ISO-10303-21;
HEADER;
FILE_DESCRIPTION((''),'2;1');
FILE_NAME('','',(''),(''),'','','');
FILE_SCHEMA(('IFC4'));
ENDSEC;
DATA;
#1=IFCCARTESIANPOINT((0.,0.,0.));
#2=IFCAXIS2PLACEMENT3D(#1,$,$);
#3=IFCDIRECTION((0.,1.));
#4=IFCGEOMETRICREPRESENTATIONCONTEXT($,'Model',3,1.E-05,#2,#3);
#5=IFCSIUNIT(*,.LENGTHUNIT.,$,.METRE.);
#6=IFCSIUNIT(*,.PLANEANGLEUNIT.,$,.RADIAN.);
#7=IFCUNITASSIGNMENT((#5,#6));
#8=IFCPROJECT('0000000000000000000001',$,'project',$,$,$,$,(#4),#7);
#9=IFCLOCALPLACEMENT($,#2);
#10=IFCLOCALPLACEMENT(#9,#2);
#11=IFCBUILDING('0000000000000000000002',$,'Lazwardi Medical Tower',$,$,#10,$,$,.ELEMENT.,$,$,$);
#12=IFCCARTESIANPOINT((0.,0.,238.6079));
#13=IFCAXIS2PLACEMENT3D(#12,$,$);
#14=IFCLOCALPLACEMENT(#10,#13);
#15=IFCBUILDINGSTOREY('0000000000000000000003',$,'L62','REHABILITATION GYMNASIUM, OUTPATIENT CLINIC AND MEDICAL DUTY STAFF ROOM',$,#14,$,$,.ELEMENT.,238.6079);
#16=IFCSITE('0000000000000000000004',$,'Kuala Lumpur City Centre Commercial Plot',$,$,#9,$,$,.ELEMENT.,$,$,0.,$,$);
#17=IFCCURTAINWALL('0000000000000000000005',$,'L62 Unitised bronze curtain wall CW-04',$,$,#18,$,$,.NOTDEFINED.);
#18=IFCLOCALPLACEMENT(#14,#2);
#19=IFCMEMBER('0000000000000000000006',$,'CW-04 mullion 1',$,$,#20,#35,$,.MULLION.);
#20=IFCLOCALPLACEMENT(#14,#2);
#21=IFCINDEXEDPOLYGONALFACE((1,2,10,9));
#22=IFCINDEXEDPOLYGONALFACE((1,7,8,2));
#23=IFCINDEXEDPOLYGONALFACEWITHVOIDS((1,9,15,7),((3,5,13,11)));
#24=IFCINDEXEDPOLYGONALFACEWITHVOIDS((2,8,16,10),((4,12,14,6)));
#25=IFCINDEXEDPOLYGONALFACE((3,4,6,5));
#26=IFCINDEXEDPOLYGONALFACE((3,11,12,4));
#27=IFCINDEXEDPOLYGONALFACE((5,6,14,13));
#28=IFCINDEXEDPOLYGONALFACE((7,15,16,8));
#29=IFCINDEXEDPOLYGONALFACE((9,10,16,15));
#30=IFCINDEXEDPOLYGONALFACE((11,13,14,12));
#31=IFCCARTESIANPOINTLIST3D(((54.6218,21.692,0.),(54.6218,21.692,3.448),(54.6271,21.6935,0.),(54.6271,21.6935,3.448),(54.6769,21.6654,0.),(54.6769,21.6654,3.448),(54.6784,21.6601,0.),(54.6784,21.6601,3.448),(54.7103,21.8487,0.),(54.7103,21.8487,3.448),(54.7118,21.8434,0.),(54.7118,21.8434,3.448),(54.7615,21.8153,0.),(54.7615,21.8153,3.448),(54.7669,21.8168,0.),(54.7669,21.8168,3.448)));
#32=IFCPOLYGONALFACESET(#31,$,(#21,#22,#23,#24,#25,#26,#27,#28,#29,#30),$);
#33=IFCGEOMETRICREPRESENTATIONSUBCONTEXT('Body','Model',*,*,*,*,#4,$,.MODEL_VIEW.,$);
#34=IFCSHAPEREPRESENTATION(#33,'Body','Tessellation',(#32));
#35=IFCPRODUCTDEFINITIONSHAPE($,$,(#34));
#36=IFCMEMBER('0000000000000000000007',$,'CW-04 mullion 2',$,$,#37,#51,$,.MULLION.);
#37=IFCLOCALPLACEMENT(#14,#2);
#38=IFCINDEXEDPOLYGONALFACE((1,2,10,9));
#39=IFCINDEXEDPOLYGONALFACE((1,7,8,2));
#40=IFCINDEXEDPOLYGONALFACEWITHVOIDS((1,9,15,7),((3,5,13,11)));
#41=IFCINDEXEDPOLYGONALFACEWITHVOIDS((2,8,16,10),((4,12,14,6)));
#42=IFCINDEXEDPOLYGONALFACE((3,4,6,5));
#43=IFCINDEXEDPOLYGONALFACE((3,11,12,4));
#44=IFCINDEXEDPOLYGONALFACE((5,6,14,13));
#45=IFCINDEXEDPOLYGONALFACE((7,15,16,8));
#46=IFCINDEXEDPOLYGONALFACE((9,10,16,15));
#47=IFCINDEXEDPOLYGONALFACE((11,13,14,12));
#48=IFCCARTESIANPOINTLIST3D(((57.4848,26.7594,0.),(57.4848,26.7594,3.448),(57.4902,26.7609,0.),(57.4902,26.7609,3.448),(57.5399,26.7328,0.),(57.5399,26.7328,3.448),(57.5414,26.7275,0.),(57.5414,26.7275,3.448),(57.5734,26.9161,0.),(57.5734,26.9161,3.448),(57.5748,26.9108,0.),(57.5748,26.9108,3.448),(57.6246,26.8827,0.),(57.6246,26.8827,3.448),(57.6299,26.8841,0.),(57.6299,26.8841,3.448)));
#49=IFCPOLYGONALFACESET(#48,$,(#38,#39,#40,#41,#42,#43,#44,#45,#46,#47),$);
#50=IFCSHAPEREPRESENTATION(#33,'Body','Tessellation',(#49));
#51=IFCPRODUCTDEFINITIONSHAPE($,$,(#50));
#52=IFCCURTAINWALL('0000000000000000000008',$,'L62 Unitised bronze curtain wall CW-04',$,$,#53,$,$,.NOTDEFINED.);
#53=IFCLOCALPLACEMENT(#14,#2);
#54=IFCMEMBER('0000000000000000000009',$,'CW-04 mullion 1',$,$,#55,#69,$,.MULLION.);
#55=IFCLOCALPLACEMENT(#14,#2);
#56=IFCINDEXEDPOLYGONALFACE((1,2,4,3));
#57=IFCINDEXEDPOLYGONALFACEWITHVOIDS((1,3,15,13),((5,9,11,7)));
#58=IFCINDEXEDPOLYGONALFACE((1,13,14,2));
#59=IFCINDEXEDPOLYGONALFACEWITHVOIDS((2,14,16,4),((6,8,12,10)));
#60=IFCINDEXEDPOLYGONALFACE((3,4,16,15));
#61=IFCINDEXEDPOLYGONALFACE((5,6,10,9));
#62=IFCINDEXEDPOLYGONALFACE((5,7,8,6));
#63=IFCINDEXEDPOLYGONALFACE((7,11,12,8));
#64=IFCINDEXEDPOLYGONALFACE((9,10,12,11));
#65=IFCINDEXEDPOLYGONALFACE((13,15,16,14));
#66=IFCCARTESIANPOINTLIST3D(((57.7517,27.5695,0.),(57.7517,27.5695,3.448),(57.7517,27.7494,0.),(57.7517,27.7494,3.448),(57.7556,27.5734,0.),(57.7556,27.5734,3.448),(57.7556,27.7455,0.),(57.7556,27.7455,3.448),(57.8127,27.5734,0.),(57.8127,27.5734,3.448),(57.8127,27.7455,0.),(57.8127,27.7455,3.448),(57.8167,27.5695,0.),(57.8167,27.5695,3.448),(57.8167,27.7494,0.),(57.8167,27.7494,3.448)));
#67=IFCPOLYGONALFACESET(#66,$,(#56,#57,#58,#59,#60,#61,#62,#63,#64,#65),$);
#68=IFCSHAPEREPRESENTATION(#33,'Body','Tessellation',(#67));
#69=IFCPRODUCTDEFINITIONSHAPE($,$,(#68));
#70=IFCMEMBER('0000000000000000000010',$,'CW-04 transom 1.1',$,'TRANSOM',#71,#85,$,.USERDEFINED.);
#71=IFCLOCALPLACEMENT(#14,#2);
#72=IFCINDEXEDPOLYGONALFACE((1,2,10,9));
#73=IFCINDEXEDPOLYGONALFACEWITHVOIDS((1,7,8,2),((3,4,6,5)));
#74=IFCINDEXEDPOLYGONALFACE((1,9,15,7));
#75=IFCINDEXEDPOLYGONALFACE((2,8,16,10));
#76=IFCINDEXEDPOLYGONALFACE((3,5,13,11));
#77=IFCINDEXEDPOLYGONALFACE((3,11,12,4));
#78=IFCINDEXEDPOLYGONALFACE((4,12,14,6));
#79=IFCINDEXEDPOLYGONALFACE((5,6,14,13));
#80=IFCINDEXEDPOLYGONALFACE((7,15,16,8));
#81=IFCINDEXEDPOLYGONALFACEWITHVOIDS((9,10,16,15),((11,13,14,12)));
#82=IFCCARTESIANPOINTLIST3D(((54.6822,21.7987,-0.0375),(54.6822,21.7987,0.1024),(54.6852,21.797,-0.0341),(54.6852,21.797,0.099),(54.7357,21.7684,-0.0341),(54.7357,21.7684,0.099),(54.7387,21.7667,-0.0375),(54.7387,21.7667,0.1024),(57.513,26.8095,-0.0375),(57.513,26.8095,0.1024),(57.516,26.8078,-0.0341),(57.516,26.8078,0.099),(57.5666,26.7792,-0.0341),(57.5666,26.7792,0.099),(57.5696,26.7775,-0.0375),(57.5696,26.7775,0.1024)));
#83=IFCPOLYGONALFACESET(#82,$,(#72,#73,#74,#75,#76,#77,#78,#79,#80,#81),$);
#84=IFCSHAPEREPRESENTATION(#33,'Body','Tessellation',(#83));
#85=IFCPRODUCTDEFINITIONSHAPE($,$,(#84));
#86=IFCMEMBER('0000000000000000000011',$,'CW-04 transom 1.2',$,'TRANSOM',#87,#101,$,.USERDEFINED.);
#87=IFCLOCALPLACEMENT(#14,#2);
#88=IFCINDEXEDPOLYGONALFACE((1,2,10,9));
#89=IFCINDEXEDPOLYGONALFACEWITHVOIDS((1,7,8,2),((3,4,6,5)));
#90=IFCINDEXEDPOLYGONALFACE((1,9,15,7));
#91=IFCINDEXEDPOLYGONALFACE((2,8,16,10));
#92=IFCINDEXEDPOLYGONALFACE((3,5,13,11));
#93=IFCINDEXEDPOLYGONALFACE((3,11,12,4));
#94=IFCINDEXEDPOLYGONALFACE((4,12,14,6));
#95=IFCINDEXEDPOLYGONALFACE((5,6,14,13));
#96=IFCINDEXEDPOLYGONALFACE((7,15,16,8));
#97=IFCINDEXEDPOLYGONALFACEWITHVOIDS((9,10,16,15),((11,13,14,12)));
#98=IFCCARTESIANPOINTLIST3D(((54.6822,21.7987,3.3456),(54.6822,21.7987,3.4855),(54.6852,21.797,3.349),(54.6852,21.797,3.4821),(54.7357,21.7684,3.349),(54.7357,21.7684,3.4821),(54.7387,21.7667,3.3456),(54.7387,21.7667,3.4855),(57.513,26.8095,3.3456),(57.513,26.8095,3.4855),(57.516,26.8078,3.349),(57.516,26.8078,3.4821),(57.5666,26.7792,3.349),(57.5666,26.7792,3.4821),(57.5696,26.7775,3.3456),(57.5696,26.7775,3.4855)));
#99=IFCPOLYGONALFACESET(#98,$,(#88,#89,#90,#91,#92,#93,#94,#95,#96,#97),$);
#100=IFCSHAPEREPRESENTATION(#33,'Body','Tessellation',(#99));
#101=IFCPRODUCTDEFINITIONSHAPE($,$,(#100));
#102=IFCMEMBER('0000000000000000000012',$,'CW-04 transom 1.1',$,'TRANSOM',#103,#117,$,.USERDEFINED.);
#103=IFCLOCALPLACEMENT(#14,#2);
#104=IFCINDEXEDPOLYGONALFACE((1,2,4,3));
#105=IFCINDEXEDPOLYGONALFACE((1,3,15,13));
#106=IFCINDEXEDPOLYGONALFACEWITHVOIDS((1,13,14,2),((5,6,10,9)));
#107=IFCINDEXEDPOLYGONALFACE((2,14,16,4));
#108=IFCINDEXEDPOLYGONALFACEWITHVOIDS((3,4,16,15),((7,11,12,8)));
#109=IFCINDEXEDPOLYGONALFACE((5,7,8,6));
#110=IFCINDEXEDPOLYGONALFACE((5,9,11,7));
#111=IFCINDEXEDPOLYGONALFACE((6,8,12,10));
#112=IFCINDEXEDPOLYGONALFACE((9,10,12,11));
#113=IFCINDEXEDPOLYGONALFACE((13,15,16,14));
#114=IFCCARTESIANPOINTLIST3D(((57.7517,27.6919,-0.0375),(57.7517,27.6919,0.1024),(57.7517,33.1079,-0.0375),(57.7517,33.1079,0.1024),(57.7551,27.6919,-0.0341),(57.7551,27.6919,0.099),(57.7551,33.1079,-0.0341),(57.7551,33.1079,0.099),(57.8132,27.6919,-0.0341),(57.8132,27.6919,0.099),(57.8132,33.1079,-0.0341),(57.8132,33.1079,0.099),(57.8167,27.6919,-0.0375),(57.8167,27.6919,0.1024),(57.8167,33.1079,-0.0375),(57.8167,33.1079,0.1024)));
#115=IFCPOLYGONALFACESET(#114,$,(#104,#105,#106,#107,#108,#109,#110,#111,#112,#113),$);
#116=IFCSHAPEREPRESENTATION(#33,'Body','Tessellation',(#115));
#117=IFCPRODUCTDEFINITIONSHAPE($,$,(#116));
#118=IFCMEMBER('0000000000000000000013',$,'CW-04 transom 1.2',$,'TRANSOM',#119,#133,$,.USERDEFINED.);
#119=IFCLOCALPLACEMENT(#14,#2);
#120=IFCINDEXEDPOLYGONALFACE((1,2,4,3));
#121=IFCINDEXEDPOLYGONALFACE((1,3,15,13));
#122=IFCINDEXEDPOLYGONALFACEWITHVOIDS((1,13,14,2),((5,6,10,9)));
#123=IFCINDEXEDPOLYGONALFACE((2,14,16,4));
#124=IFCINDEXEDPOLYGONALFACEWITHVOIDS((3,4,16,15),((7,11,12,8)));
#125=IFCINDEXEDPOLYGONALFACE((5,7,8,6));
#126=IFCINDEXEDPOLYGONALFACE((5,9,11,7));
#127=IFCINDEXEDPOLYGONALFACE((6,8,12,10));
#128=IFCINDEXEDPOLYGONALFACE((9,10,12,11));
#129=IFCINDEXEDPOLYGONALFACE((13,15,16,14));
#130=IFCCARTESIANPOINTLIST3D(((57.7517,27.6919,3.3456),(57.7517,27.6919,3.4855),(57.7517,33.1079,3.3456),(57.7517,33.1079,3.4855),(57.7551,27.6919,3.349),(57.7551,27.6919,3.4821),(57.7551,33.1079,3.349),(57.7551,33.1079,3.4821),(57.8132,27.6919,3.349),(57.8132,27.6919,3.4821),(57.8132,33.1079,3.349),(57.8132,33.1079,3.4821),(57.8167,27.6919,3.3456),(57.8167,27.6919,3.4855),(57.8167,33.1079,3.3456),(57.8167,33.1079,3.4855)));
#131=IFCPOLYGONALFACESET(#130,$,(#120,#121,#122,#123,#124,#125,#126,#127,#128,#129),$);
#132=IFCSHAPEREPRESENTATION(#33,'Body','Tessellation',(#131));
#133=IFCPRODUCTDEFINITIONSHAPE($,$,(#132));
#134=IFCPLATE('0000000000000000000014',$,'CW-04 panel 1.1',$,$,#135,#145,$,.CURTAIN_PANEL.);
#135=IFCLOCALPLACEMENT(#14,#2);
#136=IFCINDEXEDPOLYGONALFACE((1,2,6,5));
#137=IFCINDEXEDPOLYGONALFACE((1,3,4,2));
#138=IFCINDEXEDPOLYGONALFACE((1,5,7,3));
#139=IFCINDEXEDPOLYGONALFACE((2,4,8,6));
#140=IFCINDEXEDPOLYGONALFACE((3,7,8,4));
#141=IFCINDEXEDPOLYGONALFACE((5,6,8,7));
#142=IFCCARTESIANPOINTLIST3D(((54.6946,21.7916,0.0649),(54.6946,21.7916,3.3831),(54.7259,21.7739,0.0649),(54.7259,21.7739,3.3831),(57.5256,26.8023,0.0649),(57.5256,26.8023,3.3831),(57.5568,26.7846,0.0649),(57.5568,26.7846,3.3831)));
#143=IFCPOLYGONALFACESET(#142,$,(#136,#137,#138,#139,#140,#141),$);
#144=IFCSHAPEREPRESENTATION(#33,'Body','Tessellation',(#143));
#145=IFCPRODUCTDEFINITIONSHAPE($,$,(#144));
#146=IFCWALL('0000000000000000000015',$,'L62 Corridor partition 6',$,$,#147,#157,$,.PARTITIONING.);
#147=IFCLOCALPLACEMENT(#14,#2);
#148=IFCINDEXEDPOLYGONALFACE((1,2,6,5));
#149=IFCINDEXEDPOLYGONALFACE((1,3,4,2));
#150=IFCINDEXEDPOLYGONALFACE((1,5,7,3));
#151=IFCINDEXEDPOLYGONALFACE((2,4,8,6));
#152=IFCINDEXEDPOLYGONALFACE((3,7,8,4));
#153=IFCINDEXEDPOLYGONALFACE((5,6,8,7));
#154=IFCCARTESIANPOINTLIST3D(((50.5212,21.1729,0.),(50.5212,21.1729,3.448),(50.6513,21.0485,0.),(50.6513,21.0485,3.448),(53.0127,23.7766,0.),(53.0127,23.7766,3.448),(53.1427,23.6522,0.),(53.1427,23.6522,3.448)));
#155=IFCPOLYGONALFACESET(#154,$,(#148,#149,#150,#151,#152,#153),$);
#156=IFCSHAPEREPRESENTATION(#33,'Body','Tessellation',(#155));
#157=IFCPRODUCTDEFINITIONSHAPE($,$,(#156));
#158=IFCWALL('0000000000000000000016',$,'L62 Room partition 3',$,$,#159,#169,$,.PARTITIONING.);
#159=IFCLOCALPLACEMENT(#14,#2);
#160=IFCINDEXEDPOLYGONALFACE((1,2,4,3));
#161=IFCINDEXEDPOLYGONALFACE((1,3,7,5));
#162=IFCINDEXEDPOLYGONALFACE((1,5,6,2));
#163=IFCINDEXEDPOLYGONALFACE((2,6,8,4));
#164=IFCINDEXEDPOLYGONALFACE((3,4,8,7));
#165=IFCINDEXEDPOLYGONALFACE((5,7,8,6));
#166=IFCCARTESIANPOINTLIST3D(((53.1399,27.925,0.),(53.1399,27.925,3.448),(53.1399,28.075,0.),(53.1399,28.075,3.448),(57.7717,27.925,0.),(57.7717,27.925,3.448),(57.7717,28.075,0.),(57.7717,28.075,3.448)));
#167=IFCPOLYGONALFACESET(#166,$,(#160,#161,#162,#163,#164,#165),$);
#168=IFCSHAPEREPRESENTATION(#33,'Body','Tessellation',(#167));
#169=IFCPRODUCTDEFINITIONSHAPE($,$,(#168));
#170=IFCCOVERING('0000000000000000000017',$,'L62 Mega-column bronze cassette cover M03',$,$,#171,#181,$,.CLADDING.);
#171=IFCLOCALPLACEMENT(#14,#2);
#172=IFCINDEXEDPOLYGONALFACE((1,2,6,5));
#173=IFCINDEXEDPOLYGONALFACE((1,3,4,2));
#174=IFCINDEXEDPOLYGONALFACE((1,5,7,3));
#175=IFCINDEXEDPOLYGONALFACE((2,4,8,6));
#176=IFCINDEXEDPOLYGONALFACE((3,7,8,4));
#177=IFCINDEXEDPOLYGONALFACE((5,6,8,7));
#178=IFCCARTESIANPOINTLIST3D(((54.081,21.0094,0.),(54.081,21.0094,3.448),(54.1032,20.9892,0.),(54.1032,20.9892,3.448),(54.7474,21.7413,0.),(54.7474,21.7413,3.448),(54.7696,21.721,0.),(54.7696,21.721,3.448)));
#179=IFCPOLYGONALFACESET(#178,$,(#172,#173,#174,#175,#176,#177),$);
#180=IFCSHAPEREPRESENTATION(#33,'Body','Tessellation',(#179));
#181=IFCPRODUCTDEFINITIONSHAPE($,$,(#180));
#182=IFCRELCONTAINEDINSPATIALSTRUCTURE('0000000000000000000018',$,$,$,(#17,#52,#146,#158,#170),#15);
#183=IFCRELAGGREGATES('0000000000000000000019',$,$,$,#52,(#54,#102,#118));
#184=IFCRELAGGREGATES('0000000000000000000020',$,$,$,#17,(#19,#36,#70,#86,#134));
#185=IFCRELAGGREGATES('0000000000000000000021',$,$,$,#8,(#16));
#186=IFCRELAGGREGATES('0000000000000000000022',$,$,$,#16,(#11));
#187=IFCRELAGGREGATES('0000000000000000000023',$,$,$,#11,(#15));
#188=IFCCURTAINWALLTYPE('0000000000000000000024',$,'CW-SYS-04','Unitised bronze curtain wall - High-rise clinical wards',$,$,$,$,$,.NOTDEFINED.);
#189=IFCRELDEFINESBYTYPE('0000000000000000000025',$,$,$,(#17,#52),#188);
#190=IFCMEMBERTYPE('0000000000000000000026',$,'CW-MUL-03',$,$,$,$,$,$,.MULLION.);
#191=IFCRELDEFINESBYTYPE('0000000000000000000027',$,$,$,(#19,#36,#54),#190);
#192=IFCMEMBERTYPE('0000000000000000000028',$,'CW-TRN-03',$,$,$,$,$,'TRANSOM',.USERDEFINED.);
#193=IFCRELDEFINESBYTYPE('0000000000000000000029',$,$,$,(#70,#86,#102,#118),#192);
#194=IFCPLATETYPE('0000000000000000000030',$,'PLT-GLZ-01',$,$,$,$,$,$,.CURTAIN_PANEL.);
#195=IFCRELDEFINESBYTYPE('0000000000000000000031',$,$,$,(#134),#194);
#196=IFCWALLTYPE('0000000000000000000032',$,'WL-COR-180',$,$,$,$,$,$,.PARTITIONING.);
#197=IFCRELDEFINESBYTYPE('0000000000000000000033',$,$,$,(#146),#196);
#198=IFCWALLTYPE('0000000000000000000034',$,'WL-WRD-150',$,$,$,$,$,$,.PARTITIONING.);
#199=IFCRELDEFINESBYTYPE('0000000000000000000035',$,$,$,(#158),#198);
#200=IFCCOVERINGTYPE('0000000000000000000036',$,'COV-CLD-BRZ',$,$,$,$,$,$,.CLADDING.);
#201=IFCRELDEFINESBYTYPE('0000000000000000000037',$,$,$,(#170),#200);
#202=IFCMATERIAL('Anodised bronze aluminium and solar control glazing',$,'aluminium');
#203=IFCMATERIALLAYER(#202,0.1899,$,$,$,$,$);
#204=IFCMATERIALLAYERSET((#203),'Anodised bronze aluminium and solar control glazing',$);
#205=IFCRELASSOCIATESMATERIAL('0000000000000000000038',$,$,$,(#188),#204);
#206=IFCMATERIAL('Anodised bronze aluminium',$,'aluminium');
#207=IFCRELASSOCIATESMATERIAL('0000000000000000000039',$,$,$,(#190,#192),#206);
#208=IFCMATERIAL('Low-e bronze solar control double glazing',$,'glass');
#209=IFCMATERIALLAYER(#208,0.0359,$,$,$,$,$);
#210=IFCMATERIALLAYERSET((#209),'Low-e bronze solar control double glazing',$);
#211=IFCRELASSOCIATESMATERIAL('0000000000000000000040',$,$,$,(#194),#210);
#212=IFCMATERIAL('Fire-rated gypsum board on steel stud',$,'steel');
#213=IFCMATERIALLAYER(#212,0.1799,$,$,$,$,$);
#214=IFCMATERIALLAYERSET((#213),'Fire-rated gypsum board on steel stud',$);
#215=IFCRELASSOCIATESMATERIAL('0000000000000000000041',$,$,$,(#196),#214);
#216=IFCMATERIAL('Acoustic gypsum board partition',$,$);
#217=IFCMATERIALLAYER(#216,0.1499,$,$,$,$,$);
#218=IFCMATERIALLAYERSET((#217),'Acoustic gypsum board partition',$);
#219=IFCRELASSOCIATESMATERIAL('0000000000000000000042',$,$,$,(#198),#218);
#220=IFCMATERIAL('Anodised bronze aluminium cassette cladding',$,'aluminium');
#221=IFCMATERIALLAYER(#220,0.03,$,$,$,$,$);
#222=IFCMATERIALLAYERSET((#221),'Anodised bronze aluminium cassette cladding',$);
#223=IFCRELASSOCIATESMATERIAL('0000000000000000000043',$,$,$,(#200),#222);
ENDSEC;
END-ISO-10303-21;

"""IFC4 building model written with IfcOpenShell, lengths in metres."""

from ifc_helpers import new_model, si_unit, direction, frame, frame_2d, origin, origin_2d, place, context, subcontext, project, spatial, rectangle, hollow_rectangle, extrude, material, layer, layer_set, material_profile, profile_set, type_object, element, aggregate, save


model = new_model("IFC4")

# Units and contexts
model_context = context("Model", 3, precision=1e-05, world=origin(), true_north=direction((0.0, 1.0)))
body_context = subcontext(model_context, "Body", "Model", "MODEL_VIEW")
ifc_project = project(units=[si_unit("LENGTHUNIT", "METRE"), si_unit("PLANEANGLEUNIT", "RADIAN")], contexts=[model_context])

# Site, building, storey
site_placement = place(None, origin())
site = spatial("IfcSite", under=ifc_project, at=site_placement, Name="Kuala Lumpur City Centre Commercial Plot", CompositionType="ELEMENT", RefElevation=0.0)
building_placement = place(site_placement, origin())
building = spatial("IfcBuilding", under=site, at=building_placement, Name="Lazwardi Medical Tower", CompositionType="ELEMENT")
storey_placement = place(building_placement, frame((0.0, 0.0, 238.6079)))
storey = spatial("IfcBuildingStorey", under=building, at=storey_placement, Name="L62", Description="REHABILITATION GYMNASIUM, OUTPATIENT CLINIC AND MEDICAL DUTY STAFF ROOM", CompositionType="ELEMENT", Elevation=238.6079)

# Shared definitions
ifc_material_1 = material(Name="Anodised bronze aluminium and solar control glazing", Category="aluminium")
ifc_layer_1 = layer(ifc_material_1, 0.1899)
ifc_layer_set_1 = layer_set([ifc_layer_1], Name="Anodised bronze aluminium and solar control glazing")
curtain_wall_type = type_object("IfcCurtainWallType", Name="CW-SYS-04", Description="Unitised bronze curtain wall - High-rise clinical wards", PredefinedType="NOTDEFINED", material=ifc_layer_set_1)
ifc_material_2 = material(Name="Anodised bronze aluminium", Category="aluminium")
ifc_material_profile_1 = material_profile(ifc_material_2, hollow_rectangle(XDim=0.0649, YDim=0.1799, WallThickness=0.0039, at=origin_2d()), Name="ALU-MULLION 180x65x4")
ifc_profile_set_1 = profile_set([ifc_material_profile_1], Name="Anodised bronze aluminium")
member_type_1 = type_object("IfcMemberType", Name="CW-MUL-03", PredefinedType="MULLION", material=ifc_profile_set_1)

# Curtain wall, members
curtain_wall_1_placement = place(storey_placement, origin())
curtain_wall_1 = element("IfcCurtainWall", 1, at=curtain_wall_1_placement, inside=storey, type_object=curtain_wall_type, Name="L62 Unitised bronze curtain wall CW-04", PredefinedType="NOTDEFINED")
member_1_placement = place(storey_placement, frame((54.6943, 21.7544, 0.0), z_axis=(0.0, 0.0, 1.0), x_axis=(-0.870651, 0.4919, 0.0)))
member_1 = element("IfcMember", 2, at=member_1_placement, type_object=member_type_1, Name="CW-04 mullion 1", PredefinedType="MULLION", context=body_context, shape_type="SweptSolid", body=[
    extrude(hollow_rectangle(XDim=0.0649, YDim=0.1799, WallThickness=0.0039, at=origin_2d()), origin(), (0.0, 0.0, 1.0), 3.448),
])
member_2_placement = place(storey_placement, frame((57.5574, 26.8218, 0.0), z_axis=(0.0, 0.0, 1.0), x_axis=(-0.870651, 0.4919, 0.0)))
member_2 = element("IfcMember", 3, at=member_2_placement, type_object=member_type_1, Name="CW-04 mullion 2", PredefinedType="MULLION", context=body_context, shape_type="SweptSolid", body=[
    extrude(hollow_rectangle(XDim=0.0649, YDim=0.1799, WallThickness=0.0039, at=origin_2d()), origin(), (0.0, 0.0, 1.0), 3.448),
])

# Curtain wall, member
curtain_wall_2_placement = place(storey_placement, origin())
curtain_wall_2 = element("IfcCurtainWall", 4, at=curtain_wall_2_placement, inside=storey, type_object=curtain_wall_type, Name="L62 Unitised bronze curtain wall CW-04", PredefinedType="NOTDEFINED")
member_3_placement = place(storey_placement, frame((57.7842, 27.6594, 0.0), z_axis=(0.0, 0.0, 1.0), x_axis=(-1.0, 0.0, 0.0)))
member_3 = element("IfcMember", 5, at=member_3_placement, type_object=member_type_1, Name="CW-04 mullion 1", PredefinedType="MULLION", context=body_context, shape_type="SweptSolid", body=[
    extrude(hollow_rectangle(XDim=0.0649, YDim=0.1799, WallThickness=0.0039, at=origin_2d()), origin(), (0.0, 0.0, 1.0), 3.448),
])

# Members
ifc_material_profile_2 = material_profile(ifc_material_2, hollow_rectangle(XDim=0.0649, YDim=0.1399, WallThickness=0.0034, at=origin_2d()), Name="ALU-TRANSOM 140x65x3.5")
ifc_profile_set_2 = profile_set([ifc_material_profile_2], Name="Anodised bronze aluminium")
member_type_2 = type_object("IfcMemberType", Name="CW-TRN-03", ElementType="TRANSOM", PredefinedType="USERDEFINED", material=ifc_profile_set_2)
member_4_placement = place(storey_placement, frame((54.7104, 21.7827, 0.0325), z_axis=(0.49188, 0.870663, 0.0), x_axis=(-0.870663, 0.49188, 0.0)))
member_4 = element("IfcMember", 6, at=member_4_placement, type_object=member_type_2, Name="CW-04 transom 1.1", ObjectType="TRANSOM", PredefinedType="USERDEFINED", context=body_context, shape_type="SweptSolid", body=[
    extrude(hollow_rectangle(XDim=0.0649, YDim=0.1399, WallThickness=0.0034, at=origin_2d()), origin(), (0.0, 0.0, 1.0), 5.7551),
])
member_5_placement = place(storey_placement, frame((54.7104, 21.7827, 3.4155), z_axis=(0.49188, 0.870663, 0.0), x_axis=(-0.870663, 0.49188, 0.0)))
member_5 = element("IfcMember", 7, at=member_5_placement, type_object=member_type_2, Name="CW-04 transom 1.2", ObjectType="TRANSOM", PredefinedType="USERDEFINED", context=body_context, shape_type="SweptSolid", body=[
    extrude(hollow_rectangle(XDim=0.0649, YDim=0.1399, WallThickness=0.0034, at=origin_2d()), origin(), (0.0, 0.0, 1.0), 5.7551),
])
member_6_placement = place(storey_placement, frame((57.7842, 27.6919, 0.0325), z_axis=(0.0, 1.0, 0.0), x_axis=(-1.0, 0.0, 0.0)))
member_6 = element("IfcMember", 8, at=member_6_placement, type_object=member_type_2, Name="CW-04 transom 1.1", ObjectType="TRANSOM", PredefinedType="USERDEFINED", context=body_context, shape_type="SweptSolid", body=[
    extrude(hollow_rectangle(XDim=0.0649, YDim=0.1399, WallThickness=0.0034, at=origin_2d()), origin(), (0.0, 0.0, 1.0), 5.416),
])
member_7_placement = place(storey_placement, frame((57.7842, 27.6919, 3.4155), z_axis=(0.0, 1.0, 0.0), x_axis=(-1.0, 0.0, 0.0)))
member_7 = element("IfcMember", 9, at=member_7_placement, type_object=member_type_2, Name="CW-04 transom 1.2", ObjectType="TRANSOM", PredefinedType="USERDEFINED", context=body_context, shape_type="SweptSolid", body=[
    extrude(hollow_rectangle(XDim=0.0649, YDim=0.1399, WallThickness=0.0034, at=origin_2d()), origin(), (0.0, 0.0, 1.0), 5.416),
])
aggregate(curtain_wall_2, [member_3, member_6, member_7])

# Plate
ifc_material_3 = material(Name="Low-e bronze solar control double glazing", Category="glass")
ifc_layer_2 = layer(ifc_material_3, 0.0359)
ifc_layer_set_2 = layer_set([ifc_layer_2], Name="Low-e bronze solar control double glazing")
plate_type = type_object("IfcPlateType", Name="PLT-GLZ-01", PredefinedType="CURTAIN_PANEL", material=ifc_layer_set_2)
plate_placement = place(storey_placement, frame((56.1257, 24.2881, 0.0649), z_axis=(0.0, 0.0, 1.0), x_axis=(0.4919, 0.870651, 0.0)))
plate = element("IfcPlate", 10, at=plate_placement, type_object=plate_type, Name="CW-04 panel 1.1", PredefinedType="CURTAIN_PANEL", context=body_context, shape_type="SweptSolid", body=[
    extrude(rectangle(XDim=5.7551, YDim=0.0359, at=origin_2d()), origin(), (0.0, 0.0, 1.0), 3.3181),
])
aggregate(curtain_wall_1, [member_1, member_2, member_4, member_5, plate])

# Walls
ifc_material_4 = material(Name="Fire-rated gypsum board on steel stud", Category="steel")
ifc_layer_3 = layer(ifc_material_4, 0.1799)
ifc_layer_set_3 = layer_set([ifc_layer_3], Name="Fire-rated gypsum board on steel stud")
wall_type_1 = type_object("IfcWallType", Name="WL-COR-180", PredefinedType="PARTITIONING", material=ifc_layer_set_3)
wall_1_placement = place(storey_placement, frame((53.0776, 23.7144, 0.0), z_axis=(0.0, 0.0, 1.0), x_axis=(-0.691353, -0.722517, 0.0)))
element("IfcWall", 11, at=wall_1_placement, inside=storey, type_object=wall_type_1, Name="L62 Corridor partition 6", PredefinedType="PARTITIONING", context=body_context, shape_type="SweptSolid", body=[
    extrude(rectangle(XDim=3.6038, YDim=0.1799, at=frame_2d((1.8018, 0.0))), origin(), (0.0, 0.0, 1.0), 3.448),
])
ifc_material_5 = material(Name="Acoustic gypsum board partition")
ifc_layer_4 = layer(ifc_material_5, 0.1499)
ifc_layer_set_4 = layer_set([ifc_layer_4], Name="Acoustic gypsum board partition")
wall_type_2 = type_object("IfcWallType", Name="WL-WRD-150", PredefinedType="PARTITIONING", material=ifc_layer_set_4)
wall_2_placement = place(storey_placement, frame((53.1399, 28.0, 0.0), z_axis=(0.0, 0.0, 1.0), x_axis=(1.0, 0.0, 0.0)))
element("IfcWall", 12, at=wall_2_placement, inside=storey, type_object=wall_type_2, Name="L62 Room partition 3", PredefinedType="PARTITIONING", context=body_context, shape_type="SweptSolid", body=[
    extrude(rectangle(XDim=4.6318, YDim=0.1499, at=frame_2d((2.3159, 0.0))), origin(), (0.0, 0.0, 1.0), 3.448),
])

# Covering
ifc_material_6 = material(Name="Anodised bronze aluminium cassette cladding", Category="aluminium")
ifc_layer_5 = layer(ifc_material_6, 0.03)
ifc_layer_set_5 = layer_set([ifc_layer_5], Name="Anodised bronze aluminium cassette cladding")
covering_type = type_object("IfcCoveringType", Name="COV-CLD-BRZ", PredefinedType="CLADDING", material=ifc_layer_set_5)
covering_1_placement = place(storey_placement, frame((54.4253, 21.3652, 0.0), z_axis=(0.0, 0.0, 1.0), x_axis=(0.673241, 0.739423, 0.0)))
element("IfcCovering", 13, at=covering_1_placement, inside=storey, type_object=covering_type, Name="L62 Mega-column bronze cassette cover M03", PredefinedType="CLADDING", context=body_context, shape_type="SweptSolid", body=[
    extrude(rectangle(XDim=0.9897, YDim=0.03, at=origin_2d()), origin(), (0.0, 0.0, 1.0), 3.448),
])

save(model, "model.ifc")
